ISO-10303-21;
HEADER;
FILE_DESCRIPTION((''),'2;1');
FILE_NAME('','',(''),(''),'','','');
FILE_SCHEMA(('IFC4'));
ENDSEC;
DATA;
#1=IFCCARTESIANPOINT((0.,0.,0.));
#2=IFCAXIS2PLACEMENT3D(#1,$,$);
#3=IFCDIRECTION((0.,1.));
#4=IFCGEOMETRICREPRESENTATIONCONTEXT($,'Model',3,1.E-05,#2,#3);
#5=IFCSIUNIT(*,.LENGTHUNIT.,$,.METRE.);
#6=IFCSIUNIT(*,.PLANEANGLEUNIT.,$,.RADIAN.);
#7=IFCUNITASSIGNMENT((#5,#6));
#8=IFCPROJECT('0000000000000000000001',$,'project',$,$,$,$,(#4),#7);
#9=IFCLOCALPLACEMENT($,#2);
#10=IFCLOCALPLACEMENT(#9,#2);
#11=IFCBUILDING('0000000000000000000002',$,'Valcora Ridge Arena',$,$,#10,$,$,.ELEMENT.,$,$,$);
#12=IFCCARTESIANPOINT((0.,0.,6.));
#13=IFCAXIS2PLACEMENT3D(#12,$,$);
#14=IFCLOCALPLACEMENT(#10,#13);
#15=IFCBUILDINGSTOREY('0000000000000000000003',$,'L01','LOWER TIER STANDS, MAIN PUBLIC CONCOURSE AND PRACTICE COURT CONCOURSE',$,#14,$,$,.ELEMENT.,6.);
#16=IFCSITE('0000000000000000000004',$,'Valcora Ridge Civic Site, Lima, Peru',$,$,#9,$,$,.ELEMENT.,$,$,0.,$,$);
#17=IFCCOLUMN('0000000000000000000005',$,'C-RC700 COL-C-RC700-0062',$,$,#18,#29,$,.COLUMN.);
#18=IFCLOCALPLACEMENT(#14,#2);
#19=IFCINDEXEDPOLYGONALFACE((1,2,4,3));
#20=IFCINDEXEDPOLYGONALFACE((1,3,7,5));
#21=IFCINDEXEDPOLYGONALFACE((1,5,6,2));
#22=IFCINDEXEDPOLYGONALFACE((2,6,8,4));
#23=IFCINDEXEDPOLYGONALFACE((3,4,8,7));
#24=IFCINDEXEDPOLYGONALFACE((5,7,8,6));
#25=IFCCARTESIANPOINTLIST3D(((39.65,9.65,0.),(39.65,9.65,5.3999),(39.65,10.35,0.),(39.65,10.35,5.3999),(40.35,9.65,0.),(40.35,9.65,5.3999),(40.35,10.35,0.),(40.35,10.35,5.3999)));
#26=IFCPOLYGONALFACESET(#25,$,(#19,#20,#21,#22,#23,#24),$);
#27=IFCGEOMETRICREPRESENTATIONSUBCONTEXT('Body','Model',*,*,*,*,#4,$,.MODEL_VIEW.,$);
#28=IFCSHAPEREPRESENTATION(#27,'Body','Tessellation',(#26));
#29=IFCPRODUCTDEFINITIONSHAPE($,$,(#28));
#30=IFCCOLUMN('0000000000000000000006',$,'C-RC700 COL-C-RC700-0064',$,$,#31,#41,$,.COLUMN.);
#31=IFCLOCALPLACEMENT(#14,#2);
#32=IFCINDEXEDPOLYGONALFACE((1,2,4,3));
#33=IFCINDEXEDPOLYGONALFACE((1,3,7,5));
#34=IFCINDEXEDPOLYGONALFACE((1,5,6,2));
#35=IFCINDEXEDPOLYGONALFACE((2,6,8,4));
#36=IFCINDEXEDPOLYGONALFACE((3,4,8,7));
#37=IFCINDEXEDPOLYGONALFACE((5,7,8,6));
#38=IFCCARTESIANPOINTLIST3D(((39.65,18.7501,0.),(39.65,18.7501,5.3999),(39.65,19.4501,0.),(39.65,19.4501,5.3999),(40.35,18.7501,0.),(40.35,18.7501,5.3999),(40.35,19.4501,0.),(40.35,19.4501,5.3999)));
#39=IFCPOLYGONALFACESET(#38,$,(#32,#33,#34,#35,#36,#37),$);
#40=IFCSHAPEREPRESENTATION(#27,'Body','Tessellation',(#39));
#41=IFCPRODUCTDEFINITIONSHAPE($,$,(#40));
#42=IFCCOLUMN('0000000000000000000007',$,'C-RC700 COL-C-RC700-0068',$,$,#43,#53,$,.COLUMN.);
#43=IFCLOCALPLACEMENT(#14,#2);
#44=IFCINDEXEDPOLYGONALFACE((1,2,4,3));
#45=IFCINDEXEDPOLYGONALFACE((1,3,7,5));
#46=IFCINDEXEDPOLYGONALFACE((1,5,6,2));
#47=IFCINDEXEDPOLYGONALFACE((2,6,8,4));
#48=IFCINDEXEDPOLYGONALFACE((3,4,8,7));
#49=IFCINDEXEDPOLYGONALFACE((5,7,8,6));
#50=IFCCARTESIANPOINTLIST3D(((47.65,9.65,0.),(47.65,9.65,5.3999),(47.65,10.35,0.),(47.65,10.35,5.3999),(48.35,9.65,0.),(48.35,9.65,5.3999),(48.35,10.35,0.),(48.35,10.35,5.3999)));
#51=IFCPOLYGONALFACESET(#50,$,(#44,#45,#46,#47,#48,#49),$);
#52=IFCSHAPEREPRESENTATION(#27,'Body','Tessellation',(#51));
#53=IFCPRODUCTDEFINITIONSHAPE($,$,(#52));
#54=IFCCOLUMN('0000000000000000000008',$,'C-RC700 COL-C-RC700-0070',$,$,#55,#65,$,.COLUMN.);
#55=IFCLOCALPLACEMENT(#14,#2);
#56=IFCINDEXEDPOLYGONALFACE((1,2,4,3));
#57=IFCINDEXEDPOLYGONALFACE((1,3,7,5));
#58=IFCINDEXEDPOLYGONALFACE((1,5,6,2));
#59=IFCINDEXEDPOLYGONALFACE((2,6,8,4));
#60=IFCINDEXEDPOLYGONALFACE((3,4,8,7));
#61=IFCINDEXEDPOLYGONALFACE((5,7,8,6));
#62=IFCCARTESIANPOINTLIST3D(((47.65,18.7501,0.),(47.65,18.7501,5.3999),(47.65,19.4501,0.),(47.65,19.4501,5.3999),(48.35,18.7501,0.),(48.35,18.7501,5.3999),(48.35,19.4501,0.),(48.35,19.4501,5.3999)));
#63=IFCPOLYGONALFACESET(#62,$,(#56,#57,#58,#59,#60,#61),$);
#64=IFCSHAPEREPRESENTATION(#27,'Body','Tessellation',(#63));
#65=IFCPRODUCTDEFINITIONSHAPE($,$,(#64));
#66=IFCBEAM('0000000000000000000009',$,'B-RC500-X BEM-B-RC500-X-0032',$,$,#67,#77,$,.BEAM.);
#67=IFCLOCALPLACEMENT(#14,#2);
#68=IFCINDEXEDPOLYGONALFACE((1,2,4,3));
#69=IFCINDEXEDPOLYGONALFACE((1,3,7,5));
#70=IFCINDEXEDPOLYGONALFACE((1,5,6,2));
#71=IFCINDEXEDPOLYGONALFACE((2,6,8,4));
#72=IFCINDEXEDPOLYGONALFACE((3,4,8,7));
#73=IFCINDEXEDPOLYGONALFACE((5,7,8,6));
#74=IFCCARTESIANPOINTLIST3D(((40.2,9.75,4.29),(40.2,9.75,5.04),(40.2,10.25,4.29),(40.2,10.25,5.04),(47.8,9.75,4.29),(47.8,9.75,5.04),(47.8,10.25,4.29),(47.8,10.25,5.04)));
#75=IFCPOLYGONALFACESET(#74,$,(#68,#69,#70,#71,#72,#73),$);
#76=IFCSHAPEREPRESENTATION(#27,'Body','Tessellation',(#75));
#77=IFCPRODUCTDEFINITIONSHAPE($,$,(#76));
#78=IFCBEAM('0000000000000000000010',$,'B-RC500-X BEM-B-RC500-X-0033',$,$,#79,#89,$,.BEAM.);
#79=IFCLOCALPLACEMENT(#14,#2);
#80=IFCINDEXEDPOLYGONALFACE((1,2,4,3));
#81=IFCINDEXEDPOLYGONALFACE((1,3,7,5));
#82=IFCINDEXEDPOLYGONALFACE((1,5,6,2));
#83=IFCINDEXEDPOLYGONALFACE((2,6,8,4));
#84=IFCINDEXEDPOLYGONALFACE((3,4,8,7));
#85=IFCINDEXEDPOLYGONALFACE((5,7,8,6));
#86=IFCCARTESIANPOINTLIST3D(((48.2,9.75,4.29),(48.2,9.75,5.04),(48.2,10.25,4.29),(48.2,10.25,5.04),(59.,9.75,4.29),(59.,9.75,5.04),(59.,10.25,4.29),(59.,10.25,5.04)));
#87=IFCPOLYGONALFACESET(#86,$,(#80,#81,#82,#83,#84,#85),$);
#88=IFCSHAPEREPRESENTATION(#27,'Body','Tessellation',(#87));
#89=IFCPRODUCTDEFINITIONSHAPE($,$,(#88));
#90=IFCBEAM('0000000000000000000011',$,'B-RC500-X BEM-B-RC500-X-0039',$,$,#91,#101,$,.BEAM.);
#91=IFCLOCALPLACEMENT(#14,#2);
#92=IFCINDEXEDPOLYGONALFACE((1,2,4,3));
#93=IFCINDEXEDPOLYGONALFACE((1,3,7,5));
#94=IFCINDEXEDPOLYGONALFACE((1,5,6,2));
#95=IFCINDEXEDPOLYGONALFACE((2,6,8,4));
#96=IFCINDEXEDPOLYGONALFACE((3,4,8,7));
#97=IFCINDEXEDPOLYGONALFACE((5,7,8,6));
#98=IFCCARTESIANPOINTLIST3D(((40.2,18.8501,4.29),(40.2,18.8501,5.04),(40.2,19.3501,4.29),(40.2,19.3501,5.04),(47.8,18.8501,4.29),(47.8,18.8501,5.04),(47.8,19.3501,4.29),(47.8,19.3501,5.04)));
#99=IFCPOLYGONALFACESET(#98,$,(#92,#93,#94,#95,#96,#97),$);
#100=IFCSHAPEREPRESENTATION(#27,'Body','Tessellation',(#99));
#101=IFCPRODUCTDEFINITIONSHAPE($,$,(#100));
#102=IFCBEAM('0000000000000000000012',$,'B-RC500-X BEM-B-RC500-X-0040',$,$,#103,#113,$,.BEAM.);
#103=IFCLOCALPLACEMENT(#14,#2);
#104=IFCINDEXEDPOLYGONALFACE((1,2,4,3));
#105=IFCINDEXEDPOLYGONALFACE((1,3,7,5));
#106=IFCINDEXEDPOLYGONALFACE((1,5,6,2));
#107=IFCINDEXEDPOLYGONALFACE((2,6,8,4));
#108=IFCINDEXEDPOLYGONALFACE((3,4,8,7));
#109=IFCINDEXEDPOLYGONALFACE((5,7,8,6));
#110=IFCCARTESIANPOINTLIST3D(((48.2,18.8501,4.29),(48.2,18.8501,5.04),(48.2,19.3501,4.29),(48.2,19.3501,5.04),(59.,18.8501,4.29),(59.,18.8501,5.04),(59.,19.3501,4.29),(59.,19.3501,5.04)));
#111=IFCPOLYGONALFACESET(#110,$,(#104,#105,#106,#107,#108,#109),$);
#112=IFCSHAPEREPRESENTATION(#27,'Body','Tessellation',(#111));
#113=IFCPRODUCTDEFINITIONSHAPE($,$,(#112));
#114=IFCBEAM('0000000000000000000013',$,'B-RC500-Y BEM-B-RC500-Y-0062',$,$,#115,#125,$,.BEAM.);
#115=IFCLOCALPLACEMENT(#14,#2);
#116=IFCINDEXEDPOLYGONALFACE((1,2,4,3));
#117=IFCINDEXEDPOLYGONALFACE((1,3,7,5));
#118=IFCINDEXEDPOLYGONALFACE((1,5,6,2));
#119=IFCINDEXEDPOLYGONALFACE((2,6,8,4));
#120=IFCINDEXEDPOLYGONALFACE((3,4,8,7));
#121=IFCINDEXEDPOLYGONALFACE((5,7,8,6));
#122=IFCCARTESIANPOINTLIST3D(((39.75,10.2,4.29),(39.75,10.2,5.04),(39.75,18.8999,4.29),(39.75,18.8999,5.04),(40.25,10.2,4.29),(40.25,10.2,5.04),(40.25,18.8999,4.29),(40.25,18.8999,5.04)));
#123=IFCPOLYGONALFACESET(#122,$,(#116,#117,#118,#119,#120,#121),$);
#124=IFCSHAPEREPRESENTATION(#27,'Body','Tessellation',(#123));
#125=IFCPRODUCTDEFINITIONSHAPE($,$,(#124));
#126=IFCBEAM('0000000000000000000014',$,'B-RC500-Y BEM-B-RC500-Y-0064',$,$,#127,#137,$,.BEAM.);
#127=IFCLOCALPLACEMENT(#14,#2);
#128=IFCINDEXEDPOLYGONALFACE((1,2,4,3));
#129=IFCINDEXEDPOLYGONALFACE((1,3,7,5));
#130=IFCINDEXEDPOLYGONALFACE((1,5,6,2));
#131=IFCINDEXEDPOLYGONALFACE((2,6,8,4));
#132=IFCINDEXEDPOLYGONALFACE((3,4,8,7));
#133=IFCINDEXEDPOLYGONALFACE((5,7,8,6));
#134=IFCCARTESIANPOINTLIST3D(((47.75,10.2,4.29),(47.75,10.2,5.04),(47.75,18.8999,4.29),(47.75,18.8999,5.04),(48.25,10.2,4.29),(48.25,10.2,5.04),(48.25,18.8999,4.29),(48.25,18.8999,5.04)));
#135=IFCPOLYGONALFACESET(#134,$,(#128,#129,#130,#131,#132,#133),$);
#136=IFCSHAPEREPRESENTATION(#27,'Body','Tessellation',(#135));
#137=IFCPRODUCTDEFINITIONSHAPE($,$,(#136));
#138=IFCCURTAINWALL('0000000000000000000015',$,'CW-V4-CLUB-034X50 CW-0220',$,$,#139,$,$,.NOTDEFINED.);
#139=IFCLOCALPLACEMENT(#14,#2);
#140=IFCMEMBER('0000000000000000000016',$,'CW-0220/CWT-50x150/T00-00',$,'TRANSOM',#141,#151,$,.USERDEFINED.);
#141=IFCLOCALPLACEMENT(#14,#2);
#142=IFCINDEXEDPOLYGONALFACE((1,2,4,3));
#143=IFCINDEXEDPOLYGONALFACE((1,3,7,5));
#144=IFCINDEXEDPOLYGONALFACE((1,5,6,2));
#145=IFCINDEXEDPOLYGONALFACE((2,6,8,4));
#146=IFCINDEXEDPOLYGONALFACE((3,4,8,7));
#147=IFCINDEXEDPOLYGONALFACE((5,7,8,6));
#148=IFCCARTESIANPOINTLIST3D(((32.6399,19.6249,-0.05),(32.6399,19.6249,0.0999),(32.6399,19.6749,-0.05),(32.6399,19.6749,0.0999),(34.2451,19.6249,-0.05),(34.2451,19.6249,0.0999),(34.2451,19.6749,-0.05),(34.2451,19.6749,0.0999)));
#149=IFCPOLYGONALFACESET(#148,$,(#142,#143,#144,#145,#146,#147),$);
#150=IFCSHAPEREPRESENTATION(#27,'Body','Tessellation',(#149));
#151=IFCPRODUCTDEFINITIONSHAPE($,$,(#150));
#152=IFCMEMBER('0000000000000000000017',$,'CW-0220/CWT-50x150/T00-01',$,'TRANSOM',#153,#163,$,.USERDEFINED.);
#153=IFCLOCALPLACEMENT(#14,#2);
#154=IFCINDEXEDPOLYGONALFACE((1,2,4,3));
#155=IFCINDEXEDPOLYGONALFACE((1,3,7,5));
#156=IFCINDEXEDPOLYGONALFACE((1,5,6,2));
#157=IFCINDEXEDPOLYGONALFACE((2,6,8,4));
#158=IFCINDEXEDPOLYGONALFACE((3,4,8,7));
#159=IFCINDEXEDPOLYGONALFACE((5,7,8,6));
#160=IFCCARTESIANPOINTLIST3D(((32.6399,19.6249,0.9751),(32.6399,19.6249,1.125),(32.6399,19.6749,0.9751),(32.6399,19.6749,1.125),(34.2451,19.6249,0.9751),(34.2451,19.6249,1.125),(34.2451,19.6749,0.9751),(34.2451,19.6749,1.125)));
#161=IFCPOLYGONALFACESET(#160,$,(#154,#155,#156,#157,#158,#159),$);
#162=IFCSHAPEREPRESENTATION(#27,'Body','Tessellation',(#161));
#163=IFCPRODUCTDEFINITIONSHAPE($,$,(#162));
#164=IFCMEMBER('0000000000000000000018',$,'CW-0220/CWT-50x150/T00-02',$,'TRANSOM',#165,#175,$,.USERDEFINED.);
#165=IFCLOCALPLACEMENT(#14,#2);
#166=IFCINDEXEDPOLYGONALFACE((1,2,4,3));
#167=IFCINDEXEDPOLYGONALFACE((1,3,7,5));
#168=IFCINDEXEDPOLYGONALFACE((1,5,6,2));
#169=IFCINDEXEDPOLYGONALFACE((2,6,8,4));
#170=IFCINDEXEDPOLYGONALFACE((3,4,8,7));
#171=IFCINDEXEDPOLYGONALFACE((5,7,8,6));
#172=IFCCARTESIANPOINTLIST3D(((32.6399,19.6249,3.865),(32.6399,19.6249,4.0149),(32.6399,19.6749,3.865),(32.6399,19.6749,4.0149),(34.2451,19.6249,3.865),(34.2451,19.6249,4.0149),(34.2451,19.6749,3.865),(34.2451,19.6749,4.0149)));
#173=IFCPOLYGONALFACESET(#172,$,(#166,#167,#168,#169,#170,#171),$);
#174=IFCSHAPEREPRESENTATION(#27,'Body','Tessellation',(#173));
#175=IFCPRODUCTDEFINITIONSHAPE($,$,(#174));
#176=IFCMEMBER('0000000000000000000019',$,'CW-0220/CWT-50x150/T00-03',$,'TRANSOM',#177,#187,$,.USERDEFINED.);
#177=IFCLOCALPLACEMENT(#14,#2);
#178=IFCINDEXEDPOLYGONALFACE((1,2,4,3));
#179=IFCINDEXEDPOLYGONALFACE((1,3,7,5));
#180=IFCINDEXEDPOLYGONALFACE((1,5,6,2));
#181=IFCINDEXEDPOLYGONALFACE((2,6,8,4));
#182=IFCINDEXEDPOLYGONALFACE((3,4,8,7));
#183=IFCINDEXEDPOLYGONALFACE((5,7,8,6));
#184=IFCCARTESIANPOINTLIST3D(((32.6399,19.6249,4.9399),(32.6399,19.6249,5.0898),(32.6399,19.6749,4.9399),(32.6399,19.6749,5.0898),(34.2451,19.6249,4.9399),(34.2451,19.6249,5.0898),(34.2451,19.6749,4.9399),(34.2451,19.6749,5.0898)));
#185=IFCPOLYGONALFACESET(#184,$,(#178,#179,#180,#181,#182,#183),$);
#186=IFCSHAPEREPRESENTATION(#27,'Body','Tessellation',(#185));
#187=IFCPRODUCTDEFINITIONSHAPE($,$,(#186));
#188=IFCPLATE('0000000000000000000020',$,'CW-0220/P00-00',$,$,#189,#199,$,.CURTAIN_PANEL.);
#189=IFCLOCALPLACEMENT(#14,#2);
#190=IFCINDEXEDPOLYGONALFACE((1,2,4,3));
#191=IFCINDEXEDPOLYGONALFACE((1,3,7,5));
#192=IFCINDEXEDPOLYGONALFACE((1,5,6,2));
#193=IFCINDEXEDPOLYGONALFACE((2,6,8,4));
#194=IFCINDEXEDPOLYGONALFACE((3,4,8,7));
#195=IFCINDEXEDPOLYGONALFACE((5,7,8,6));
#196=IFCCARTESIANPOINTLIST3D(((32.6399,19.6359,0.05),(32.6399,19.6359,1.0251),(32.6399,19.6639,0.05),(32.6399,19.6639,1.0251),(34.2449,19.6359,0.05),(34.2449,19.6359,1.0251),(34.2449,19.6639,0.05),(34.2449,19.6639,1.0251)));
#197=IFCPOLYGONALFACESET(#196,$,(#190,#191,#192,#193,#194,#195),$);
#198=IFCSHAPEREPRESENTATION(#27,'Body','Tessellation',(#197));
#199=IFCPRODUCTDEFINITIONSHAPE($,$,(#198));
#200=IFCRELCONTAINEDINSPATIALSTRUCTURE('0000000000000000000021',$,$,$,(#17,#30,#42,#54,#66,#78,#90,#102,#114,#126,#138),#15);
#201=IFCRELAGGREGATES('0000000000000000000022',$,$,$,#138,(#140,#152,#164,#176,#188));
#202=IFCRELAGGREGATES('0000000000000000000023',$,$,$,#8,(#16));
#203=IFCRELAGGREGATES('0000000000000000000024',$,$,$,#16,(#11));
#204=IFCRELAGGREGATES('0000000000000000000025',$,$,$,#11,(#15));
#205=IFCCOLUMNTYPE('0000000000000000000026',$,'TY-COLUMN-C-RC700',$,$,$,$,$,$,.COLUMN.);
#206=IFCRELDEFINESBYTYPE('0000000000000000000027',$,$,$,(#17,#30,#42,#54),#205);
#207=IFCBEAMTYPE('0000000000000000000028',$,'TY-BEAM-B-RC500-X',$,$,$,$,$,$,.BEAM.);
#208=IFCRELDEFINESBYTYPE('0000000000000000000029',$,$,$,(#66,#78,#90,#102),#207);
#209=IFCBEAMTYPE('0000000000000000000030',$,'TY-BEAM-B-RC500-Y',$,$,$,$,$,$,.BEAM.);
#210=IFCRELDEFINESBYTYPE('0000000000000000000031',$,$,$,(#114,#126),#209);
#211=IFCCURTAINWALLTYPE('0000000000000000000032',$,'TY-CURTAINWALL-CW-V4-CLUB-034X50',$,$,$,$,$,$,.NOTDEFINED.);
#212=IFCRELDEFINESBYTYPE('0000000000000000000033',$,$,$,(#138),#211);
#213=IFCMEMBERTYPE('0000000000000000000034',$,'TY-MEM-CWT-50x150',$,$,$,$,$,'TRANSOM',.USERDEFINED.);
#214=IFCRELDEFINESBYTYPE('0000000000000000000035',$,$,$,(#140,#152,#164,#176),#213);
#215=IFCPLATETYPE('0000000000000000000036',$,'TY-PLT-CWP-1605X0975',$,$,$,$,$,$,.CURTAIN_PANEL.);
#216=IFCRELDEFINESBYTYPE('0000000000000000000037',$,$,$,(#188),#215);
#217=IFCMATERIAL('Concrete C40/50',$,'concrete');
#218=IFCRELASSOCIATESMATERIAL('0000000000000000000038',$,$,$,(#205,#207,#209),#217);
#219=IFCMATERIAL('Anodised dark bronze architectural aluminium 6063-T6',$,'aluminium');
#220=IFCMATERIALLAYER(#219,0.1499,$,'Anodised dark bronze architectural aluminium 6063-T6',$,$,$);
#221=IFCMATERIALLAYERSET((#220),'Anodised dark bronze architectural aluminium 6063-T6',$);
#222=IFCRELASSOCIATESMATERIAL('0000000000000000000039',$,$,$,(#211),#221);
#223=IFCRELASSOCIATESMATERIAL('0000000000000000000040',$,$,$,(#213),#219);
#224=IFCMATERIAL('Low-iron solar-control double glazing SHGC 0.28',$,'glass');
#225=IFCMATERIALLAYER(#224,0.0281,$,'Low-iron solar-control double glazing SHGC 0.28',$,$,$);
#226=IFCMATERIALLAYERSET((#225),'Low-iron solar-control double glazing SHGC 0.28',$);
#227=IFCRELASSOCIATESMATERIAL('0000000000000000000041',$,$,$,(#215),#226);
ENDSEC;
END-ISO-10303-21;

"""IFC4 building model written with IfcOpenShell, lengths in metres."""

from ifc_helpers import new_model, si_unit, direction, frame, origin, origin_2d, place, context, subcontext, project, spatial, rectangle, extrude, material, layer, layer_set, material_profile, profile_set, type_object, element, aggregate, save


model = new_model("IFC4")

# Units and contexts
model_context = context("Model", 3, precision=1e-05, world=origin(), true_north=direction((0.0, 1.0)))
body_context = subcontext(model_context, "Body", "Model", "MODEL_VIEW")
ifc_project = project(units=[si_unit("LENGTHUNIT", "METRE"), si_unit("PLANEANGLEUNIT", "RADIAN")], contexts=[model_context])

# Site, building, storey
site_placement = place(None, origin())
site = spatial("IfcSite", under=ifc_project, at=site_placement, Name="Valcora Ridge Civic Site, Lima, Peru", CompositionType="ELEMENT", RefElevation=0.0)
building_placement = place(site_placement, origin())
building = spatial("IfcBuilding", under=site, at=building_placement, Name="Valcora Ridge Arena", CompositionType="ELEMENT")
storey_placement = place(building_placement, frame((0.0, 0.0, 6.0)))
storey = spatial("IfcBuildingStorey", under=building, at=storey_placement, Name="L01", Description="LOWER TIER STANDS, MAIN PUBLIC CONCOURSE AND PRACTICE COURT CONCOURSE", CompositionType="ELEMENT", Elevation=6.0)

# Columns
ifc_material_1 = material(Name="Concrete C40/50", Category="concrete")
ifc_material_profile_1 = material_profile(ifc_material_1, rectangle(XDim=0.7, YDim=0.7, at=origin_2d()), Name="RC 700x700")
ifc_profile_set_1 = profile_set([ifc_material_profile_1], Name="Concrete C40/50")
column_type = type_object("IfcColumnType", Name="TY-COLUMN-C-RC700", PredefinedType="COLUMN", material=ifc_profile_set_1)
for number, where, z_axis, x_axis, name in (
    (1, (40.0, 10.0, 0.0), (0.0, 0.0, 1.0), (1.0, 0.0, 0.0), "C-RC700 COL-C-RC700-0062"),
    (2, (40.0, 19.1001, 0.0), (0.0, 0.0, 1.0), (1.0, 0.0, 0.0), "C-RC700 COL-C-RC700-0064"),
    (3, (48.0, 10.0, 0.0), (0.0, 0.0, 1.0), (1.0, 0.0, 0.0), "C-RC700 COL-C-RC700-0068"),
    (4, (48.0, 19.1001, 0.0), (0.0, 0.0, 1.0), (1.0, 0.0, 0.0), "C-RC700 COL-C-RC700-0070"),
):
    element("IfcColumn", number, at=place(storey_placement, frame(where, z_axis=z_axis, x_axis=x_axis)), inside=storey, type_object=column_type, Name=name, PredefinedType="COLUMN", context=body_context, shape_type="SweptSolid", body=[
        extrude(rectangle(XDim=0.7, YDim=0.7, at=origin_2d()), origin(), (0.0, 0.0, 1.0), 5.3999),
    ])

# Beams
ifc_material_profile_2 = material_profile(ifc_material_1, rectangle(XDim=0.5, YDim=0.75, at=origin_2d()), Name="RC 500x750")
ifc_profile_set_2 = profile_set([ifc_material_profile_2], Name="Concrete C40/50")
beam_type_1 = type_object("IfcBeamType", Name="TY-BEAM-B-RC500-X", PredefinedType="BEAM", material=ifc_profile_set_2)
beam_1_placement = place(storey_placement, frame((40.2, 10.0, 4.665), z_axis=(1.0, 0.0, 0.0), x_axis=(0.0, 1.0, 0.0)))
element("IfcBeam", 5, at=beam_1_placement, inside=storey, type_object=beam_type_1, Name="B-RC500-X BEM-B-RC500-X-0032", PredefinedType="BEAM", context=body_context, shape_type="SweptSolid", body=[
    extrude(rectangle(XDim=0.5, YDim=0.75, at=origin_2d()), origin(), (0.0, 0.0, 1.0), 7.6001),
])
beam_2_placement = place(storey_placement, frame((48.2, 10.0, 4.665), z_axis=(1.0, 0.0, 0.0), x_axis=(0.0, 1.0, 0.0)))
element("IfcBeam", 6, at=beam_2_placement, inside=storey, type_object=beam_type_1, Name="B-RC500-X BEM-B-RC500-X-0033", PredefinedType="BEAM", context=body_context, shape_type="SweptSolid", body=[
    extrude(rectangle(XDim=0.5, YDim=0.75, at=origin_2d()), origin(), (0.0, 0.0, 1.0), 10.8),
])
beam_3_placement = place(storey_placement, frame((40.2, 19.1001, 4.665), z_axis=(1.0, 0.0, 0.0), x_axis=(0.0, 1.0, 0.0)))
element("IfcBeam", 7, at=beam_3_placement, inside=storey, type_object=beam_type_1, Name="B-RC500-X BEM-B-RC500-X-0039", PredefinedType="BEAM", context=body_context, shape_type="SweptSolid", body=[
    extrude(rectangle(XDim=0.5, YDim=0.75, at=origin_2d()), origin(), (0.0, 0.0, 1.0), 7.6001),
])
beam_4_placement = place(storey_placement, frame((48.2, 19.1001, 4.665), z_axis=(1.0, 0.0, 0.0), x_axis=(0.0, 1.0, 0.0)))
element("IfcBeam", 8, at=beam_4_placement, inside=storey, type_object=beam_type_1, Name="B-RC500-X BEM-B-RC500-X-0040", PredefinedType="BEAM", context=body_context, shape_type="SweptSolid", body=[
    extrude(rectangle(XDim=0.5, YDim=0.75, at=origin_2d()), origin(), (0.0, 0.0, 1.0), 10.8),
])
ifc_material_profile_3 = material_profile(ifc_material_1, rectangle(XDim=0.5, YDim=0.75, at=origin_2d()), Name="RC 500x750")
ifc_profile_set_3 = profile_set([ifc_material_profile_3], Name="Concrete C40/50")
beam_type_2 = type_object("IfcBeamType", Name="TY-BEAM-B-RC500-Y", PredefinedType="BEAM", material=ifc_profile_set_3)
for number, where, z_axis, x_axis, name in (
    (9, (40.0, 10.2, 4.665), (0.0, 1.0, 0.0), (-1.0, 0.0, 0.0), "B-RC500-Y BEM-B-RC500-Y-0062"),
    (10, (48.0, 10.2, 4.665), (0.0, 1.0, 0.0), (-1.0, 0.0, 0.0), "B-RC500-Y BEM-B-RC500-Y-0064"),
):
    element("IfcBeam", number, at=place(storey_placement, frame(where, z_axis=z_axis, x_axis=x_axis)), inside=storey, type_object=beam_type_2, Name=name, PredefinedType="BEAM", context=body_context, shape_type="SweptSolid", body=[
        extrude(rectangle(XDim=0.5, YDim=0.75, at=origin_2d()), origin(), (0.0, 0.0, 1.0), 8.7),
    ])

# Curtain wall, members, plate
ifc_material_2 = material(Name="Anodised dark bronze architectural aluminium 6063-T6", Category="aluminium")
ifc_layer_1 = layer(ifc_material_2, 0.1499, Name="Anodised dark bronze architectural aluminium 6063-T6")
ifc_layer_set_1 = layer_set([ifc_layer_1], Name="Anodised dark bronze architectural aluminium 6063-T6")
curtain_wall_type = type_object("IfcCurtainWallType", Name="TY-CURTAINWALL-CW-V4-CLUB-034X50", PredefinedType="NOTDEFINED", material=ifc_layer_set_1)
curtain_wall_placement = place(storey_placement, origin())
curtain_wall = element("IfcCurtainWall", 11, at=curtain_wall_placement, inside=storey, type_object=curtain_wall_type, Name="CW-V4-CLUB-034X50 CW-0220", PredefinedType="NOTDEFINED")
ifc_material_profile_4 = material_profile(ifc_material_2, rectangle(XDim=0.05, YDim=0.1499, at=origin_2d()), Name="ALU TRANSOM 50x150")
ifc_profile_set_4 = profile_set([ifc_material_profile_4], Name="Anodised dark bronze architectural aluminium 6063-T6")
member_type = type_object("IfcMemberType", Name="TY-MEM-CWT-50x150", ElementType="TRANSOM", PredefinedType="USERDEFINED", material=ifc_profile_set_4)
member_1_placement = place(storey_placement, frame((32.6399, 19.6499, 0.0249), z_axis=(1.0, 0.0, 0.0), x_axis=(0.0, 1.0, 0.0)))
member_1 = element("IfcMember", 12, at=member_1_placement, type_object=member_type, Name="CW-0220/CWT-50x150/T00-00", ObjectType="TRANSOM", PredefinedType="USERDEFINED", context=body_context, shape_type="SweptSolid", body=[
    extrude(rectangle(XDim=0.05, YDim=0.1499, at=origin_2d()), origin(), (0.0, 0.0, 1.0), 1.6052),
])
member_2_placement = place(storey_placement, frame((32.6399, 19.6499, 1.05), z_axis=(1.0, 0.0, 0.0), x_axis=(0.0, 1.0, 0.0)))
member_2 = element("IfcMember", 13, at=member_2_placement, type_object=member_type, Name="CW-0220/CWT-50x150/T00-01", ObjectType="TRANSOM", PredefinedType="USERDEFINED", context=body_context, shape_type="SweptSolid", body=[
    extrude(rectangle(XDim=0.05, YDim=0.1499, at=origin_2d()), origin(), (0.0, 0.0, 1.0), 1.6052),
])
member_3_placement = place(storey_placement, frame((32.6399, 19.6499, 3.9399), z_axis=(1.0, 0.0, 0.0), x_axis=(0.0, 1.0, 0.0)))
member_3 = element("IfcMember", 14, at=member_3_placement, type_object=member_type, Name="CW-0220/CWT-50x150/T00-02", ObjectType="TRANSOM", PredefinedType="USERDEFINED", context=body_context, shape_type="SweptSolid", body=[
    extrude(rectangle(XDim=0.05, YDim=0.1499, at=origin_2d()), origin(), (0.0, 0.0, 1.0), 1.6052),
])
member_4_placement = place(storey_placement, frame((32.6399, 19.6499, 5.0149), z_axis=(1.0, 0.0, 0.0), x_axis=(0.0, 1.0, 0.0)))
member_4 = element("IfcMember", 15, at=member_4_placement, type_object=member_type, Name="CW-0220/CWT-50x150/T00-03", ObjectType="TRANSOM", PredefinedType="USERDEFINED", context=body_context, shape_type="SweptSolid", body=[
    extrude(rectangle(XDim=0.05, YDim=0.1499, at=origin_2d()), origin(), (0.0, 0.0, 1.0), 1.6052),
])
ifc_material_3 = material(Name="Low-iron solar-control double glazing SHGC 0.28", Category="glass")
ifc_layer_2 = layer(ifc_material_3, 0.0281, Name="Low-iron solar-control double glazing SHGC 0.28")
ifc_layer_set_2 = layer_set([ifc_layer_2], Name="Low-iron solar-control double glazing SHGC 0.28")
plate_type_1 = type_object("IfcPlateType", Name="TY-PLT-CWP-1605X0975", PredefinedType="CURTAIN_PANEL", material=ifc_layer_set_2)
plate_1_placement = place(storey_placement, frame((33.4424, 19.6499, 0.05), z_axis=(0.0, 0.0, 1.0), x_axis=(1.0, 0.0, 0.0)))
plate_1 = element("IfcPlate", 16, at=plate_1_placement, type_object=plate_type_1, Name="CW-0220/P00-00", PredefinedType="CURTAIN_PANEL", context=body_context, shape_type="SweptSolid", body=[
    extrude(rectangle(XDim=1.605, YDim=0.0281, at=origin_2d()), origin(), (0.0, 0.0, 1.0), 0.9751),
])
aggregate(curtain_wall, [member_1, member_2, member_3, member_4, plate_1])

save(model, "model.ifc")
